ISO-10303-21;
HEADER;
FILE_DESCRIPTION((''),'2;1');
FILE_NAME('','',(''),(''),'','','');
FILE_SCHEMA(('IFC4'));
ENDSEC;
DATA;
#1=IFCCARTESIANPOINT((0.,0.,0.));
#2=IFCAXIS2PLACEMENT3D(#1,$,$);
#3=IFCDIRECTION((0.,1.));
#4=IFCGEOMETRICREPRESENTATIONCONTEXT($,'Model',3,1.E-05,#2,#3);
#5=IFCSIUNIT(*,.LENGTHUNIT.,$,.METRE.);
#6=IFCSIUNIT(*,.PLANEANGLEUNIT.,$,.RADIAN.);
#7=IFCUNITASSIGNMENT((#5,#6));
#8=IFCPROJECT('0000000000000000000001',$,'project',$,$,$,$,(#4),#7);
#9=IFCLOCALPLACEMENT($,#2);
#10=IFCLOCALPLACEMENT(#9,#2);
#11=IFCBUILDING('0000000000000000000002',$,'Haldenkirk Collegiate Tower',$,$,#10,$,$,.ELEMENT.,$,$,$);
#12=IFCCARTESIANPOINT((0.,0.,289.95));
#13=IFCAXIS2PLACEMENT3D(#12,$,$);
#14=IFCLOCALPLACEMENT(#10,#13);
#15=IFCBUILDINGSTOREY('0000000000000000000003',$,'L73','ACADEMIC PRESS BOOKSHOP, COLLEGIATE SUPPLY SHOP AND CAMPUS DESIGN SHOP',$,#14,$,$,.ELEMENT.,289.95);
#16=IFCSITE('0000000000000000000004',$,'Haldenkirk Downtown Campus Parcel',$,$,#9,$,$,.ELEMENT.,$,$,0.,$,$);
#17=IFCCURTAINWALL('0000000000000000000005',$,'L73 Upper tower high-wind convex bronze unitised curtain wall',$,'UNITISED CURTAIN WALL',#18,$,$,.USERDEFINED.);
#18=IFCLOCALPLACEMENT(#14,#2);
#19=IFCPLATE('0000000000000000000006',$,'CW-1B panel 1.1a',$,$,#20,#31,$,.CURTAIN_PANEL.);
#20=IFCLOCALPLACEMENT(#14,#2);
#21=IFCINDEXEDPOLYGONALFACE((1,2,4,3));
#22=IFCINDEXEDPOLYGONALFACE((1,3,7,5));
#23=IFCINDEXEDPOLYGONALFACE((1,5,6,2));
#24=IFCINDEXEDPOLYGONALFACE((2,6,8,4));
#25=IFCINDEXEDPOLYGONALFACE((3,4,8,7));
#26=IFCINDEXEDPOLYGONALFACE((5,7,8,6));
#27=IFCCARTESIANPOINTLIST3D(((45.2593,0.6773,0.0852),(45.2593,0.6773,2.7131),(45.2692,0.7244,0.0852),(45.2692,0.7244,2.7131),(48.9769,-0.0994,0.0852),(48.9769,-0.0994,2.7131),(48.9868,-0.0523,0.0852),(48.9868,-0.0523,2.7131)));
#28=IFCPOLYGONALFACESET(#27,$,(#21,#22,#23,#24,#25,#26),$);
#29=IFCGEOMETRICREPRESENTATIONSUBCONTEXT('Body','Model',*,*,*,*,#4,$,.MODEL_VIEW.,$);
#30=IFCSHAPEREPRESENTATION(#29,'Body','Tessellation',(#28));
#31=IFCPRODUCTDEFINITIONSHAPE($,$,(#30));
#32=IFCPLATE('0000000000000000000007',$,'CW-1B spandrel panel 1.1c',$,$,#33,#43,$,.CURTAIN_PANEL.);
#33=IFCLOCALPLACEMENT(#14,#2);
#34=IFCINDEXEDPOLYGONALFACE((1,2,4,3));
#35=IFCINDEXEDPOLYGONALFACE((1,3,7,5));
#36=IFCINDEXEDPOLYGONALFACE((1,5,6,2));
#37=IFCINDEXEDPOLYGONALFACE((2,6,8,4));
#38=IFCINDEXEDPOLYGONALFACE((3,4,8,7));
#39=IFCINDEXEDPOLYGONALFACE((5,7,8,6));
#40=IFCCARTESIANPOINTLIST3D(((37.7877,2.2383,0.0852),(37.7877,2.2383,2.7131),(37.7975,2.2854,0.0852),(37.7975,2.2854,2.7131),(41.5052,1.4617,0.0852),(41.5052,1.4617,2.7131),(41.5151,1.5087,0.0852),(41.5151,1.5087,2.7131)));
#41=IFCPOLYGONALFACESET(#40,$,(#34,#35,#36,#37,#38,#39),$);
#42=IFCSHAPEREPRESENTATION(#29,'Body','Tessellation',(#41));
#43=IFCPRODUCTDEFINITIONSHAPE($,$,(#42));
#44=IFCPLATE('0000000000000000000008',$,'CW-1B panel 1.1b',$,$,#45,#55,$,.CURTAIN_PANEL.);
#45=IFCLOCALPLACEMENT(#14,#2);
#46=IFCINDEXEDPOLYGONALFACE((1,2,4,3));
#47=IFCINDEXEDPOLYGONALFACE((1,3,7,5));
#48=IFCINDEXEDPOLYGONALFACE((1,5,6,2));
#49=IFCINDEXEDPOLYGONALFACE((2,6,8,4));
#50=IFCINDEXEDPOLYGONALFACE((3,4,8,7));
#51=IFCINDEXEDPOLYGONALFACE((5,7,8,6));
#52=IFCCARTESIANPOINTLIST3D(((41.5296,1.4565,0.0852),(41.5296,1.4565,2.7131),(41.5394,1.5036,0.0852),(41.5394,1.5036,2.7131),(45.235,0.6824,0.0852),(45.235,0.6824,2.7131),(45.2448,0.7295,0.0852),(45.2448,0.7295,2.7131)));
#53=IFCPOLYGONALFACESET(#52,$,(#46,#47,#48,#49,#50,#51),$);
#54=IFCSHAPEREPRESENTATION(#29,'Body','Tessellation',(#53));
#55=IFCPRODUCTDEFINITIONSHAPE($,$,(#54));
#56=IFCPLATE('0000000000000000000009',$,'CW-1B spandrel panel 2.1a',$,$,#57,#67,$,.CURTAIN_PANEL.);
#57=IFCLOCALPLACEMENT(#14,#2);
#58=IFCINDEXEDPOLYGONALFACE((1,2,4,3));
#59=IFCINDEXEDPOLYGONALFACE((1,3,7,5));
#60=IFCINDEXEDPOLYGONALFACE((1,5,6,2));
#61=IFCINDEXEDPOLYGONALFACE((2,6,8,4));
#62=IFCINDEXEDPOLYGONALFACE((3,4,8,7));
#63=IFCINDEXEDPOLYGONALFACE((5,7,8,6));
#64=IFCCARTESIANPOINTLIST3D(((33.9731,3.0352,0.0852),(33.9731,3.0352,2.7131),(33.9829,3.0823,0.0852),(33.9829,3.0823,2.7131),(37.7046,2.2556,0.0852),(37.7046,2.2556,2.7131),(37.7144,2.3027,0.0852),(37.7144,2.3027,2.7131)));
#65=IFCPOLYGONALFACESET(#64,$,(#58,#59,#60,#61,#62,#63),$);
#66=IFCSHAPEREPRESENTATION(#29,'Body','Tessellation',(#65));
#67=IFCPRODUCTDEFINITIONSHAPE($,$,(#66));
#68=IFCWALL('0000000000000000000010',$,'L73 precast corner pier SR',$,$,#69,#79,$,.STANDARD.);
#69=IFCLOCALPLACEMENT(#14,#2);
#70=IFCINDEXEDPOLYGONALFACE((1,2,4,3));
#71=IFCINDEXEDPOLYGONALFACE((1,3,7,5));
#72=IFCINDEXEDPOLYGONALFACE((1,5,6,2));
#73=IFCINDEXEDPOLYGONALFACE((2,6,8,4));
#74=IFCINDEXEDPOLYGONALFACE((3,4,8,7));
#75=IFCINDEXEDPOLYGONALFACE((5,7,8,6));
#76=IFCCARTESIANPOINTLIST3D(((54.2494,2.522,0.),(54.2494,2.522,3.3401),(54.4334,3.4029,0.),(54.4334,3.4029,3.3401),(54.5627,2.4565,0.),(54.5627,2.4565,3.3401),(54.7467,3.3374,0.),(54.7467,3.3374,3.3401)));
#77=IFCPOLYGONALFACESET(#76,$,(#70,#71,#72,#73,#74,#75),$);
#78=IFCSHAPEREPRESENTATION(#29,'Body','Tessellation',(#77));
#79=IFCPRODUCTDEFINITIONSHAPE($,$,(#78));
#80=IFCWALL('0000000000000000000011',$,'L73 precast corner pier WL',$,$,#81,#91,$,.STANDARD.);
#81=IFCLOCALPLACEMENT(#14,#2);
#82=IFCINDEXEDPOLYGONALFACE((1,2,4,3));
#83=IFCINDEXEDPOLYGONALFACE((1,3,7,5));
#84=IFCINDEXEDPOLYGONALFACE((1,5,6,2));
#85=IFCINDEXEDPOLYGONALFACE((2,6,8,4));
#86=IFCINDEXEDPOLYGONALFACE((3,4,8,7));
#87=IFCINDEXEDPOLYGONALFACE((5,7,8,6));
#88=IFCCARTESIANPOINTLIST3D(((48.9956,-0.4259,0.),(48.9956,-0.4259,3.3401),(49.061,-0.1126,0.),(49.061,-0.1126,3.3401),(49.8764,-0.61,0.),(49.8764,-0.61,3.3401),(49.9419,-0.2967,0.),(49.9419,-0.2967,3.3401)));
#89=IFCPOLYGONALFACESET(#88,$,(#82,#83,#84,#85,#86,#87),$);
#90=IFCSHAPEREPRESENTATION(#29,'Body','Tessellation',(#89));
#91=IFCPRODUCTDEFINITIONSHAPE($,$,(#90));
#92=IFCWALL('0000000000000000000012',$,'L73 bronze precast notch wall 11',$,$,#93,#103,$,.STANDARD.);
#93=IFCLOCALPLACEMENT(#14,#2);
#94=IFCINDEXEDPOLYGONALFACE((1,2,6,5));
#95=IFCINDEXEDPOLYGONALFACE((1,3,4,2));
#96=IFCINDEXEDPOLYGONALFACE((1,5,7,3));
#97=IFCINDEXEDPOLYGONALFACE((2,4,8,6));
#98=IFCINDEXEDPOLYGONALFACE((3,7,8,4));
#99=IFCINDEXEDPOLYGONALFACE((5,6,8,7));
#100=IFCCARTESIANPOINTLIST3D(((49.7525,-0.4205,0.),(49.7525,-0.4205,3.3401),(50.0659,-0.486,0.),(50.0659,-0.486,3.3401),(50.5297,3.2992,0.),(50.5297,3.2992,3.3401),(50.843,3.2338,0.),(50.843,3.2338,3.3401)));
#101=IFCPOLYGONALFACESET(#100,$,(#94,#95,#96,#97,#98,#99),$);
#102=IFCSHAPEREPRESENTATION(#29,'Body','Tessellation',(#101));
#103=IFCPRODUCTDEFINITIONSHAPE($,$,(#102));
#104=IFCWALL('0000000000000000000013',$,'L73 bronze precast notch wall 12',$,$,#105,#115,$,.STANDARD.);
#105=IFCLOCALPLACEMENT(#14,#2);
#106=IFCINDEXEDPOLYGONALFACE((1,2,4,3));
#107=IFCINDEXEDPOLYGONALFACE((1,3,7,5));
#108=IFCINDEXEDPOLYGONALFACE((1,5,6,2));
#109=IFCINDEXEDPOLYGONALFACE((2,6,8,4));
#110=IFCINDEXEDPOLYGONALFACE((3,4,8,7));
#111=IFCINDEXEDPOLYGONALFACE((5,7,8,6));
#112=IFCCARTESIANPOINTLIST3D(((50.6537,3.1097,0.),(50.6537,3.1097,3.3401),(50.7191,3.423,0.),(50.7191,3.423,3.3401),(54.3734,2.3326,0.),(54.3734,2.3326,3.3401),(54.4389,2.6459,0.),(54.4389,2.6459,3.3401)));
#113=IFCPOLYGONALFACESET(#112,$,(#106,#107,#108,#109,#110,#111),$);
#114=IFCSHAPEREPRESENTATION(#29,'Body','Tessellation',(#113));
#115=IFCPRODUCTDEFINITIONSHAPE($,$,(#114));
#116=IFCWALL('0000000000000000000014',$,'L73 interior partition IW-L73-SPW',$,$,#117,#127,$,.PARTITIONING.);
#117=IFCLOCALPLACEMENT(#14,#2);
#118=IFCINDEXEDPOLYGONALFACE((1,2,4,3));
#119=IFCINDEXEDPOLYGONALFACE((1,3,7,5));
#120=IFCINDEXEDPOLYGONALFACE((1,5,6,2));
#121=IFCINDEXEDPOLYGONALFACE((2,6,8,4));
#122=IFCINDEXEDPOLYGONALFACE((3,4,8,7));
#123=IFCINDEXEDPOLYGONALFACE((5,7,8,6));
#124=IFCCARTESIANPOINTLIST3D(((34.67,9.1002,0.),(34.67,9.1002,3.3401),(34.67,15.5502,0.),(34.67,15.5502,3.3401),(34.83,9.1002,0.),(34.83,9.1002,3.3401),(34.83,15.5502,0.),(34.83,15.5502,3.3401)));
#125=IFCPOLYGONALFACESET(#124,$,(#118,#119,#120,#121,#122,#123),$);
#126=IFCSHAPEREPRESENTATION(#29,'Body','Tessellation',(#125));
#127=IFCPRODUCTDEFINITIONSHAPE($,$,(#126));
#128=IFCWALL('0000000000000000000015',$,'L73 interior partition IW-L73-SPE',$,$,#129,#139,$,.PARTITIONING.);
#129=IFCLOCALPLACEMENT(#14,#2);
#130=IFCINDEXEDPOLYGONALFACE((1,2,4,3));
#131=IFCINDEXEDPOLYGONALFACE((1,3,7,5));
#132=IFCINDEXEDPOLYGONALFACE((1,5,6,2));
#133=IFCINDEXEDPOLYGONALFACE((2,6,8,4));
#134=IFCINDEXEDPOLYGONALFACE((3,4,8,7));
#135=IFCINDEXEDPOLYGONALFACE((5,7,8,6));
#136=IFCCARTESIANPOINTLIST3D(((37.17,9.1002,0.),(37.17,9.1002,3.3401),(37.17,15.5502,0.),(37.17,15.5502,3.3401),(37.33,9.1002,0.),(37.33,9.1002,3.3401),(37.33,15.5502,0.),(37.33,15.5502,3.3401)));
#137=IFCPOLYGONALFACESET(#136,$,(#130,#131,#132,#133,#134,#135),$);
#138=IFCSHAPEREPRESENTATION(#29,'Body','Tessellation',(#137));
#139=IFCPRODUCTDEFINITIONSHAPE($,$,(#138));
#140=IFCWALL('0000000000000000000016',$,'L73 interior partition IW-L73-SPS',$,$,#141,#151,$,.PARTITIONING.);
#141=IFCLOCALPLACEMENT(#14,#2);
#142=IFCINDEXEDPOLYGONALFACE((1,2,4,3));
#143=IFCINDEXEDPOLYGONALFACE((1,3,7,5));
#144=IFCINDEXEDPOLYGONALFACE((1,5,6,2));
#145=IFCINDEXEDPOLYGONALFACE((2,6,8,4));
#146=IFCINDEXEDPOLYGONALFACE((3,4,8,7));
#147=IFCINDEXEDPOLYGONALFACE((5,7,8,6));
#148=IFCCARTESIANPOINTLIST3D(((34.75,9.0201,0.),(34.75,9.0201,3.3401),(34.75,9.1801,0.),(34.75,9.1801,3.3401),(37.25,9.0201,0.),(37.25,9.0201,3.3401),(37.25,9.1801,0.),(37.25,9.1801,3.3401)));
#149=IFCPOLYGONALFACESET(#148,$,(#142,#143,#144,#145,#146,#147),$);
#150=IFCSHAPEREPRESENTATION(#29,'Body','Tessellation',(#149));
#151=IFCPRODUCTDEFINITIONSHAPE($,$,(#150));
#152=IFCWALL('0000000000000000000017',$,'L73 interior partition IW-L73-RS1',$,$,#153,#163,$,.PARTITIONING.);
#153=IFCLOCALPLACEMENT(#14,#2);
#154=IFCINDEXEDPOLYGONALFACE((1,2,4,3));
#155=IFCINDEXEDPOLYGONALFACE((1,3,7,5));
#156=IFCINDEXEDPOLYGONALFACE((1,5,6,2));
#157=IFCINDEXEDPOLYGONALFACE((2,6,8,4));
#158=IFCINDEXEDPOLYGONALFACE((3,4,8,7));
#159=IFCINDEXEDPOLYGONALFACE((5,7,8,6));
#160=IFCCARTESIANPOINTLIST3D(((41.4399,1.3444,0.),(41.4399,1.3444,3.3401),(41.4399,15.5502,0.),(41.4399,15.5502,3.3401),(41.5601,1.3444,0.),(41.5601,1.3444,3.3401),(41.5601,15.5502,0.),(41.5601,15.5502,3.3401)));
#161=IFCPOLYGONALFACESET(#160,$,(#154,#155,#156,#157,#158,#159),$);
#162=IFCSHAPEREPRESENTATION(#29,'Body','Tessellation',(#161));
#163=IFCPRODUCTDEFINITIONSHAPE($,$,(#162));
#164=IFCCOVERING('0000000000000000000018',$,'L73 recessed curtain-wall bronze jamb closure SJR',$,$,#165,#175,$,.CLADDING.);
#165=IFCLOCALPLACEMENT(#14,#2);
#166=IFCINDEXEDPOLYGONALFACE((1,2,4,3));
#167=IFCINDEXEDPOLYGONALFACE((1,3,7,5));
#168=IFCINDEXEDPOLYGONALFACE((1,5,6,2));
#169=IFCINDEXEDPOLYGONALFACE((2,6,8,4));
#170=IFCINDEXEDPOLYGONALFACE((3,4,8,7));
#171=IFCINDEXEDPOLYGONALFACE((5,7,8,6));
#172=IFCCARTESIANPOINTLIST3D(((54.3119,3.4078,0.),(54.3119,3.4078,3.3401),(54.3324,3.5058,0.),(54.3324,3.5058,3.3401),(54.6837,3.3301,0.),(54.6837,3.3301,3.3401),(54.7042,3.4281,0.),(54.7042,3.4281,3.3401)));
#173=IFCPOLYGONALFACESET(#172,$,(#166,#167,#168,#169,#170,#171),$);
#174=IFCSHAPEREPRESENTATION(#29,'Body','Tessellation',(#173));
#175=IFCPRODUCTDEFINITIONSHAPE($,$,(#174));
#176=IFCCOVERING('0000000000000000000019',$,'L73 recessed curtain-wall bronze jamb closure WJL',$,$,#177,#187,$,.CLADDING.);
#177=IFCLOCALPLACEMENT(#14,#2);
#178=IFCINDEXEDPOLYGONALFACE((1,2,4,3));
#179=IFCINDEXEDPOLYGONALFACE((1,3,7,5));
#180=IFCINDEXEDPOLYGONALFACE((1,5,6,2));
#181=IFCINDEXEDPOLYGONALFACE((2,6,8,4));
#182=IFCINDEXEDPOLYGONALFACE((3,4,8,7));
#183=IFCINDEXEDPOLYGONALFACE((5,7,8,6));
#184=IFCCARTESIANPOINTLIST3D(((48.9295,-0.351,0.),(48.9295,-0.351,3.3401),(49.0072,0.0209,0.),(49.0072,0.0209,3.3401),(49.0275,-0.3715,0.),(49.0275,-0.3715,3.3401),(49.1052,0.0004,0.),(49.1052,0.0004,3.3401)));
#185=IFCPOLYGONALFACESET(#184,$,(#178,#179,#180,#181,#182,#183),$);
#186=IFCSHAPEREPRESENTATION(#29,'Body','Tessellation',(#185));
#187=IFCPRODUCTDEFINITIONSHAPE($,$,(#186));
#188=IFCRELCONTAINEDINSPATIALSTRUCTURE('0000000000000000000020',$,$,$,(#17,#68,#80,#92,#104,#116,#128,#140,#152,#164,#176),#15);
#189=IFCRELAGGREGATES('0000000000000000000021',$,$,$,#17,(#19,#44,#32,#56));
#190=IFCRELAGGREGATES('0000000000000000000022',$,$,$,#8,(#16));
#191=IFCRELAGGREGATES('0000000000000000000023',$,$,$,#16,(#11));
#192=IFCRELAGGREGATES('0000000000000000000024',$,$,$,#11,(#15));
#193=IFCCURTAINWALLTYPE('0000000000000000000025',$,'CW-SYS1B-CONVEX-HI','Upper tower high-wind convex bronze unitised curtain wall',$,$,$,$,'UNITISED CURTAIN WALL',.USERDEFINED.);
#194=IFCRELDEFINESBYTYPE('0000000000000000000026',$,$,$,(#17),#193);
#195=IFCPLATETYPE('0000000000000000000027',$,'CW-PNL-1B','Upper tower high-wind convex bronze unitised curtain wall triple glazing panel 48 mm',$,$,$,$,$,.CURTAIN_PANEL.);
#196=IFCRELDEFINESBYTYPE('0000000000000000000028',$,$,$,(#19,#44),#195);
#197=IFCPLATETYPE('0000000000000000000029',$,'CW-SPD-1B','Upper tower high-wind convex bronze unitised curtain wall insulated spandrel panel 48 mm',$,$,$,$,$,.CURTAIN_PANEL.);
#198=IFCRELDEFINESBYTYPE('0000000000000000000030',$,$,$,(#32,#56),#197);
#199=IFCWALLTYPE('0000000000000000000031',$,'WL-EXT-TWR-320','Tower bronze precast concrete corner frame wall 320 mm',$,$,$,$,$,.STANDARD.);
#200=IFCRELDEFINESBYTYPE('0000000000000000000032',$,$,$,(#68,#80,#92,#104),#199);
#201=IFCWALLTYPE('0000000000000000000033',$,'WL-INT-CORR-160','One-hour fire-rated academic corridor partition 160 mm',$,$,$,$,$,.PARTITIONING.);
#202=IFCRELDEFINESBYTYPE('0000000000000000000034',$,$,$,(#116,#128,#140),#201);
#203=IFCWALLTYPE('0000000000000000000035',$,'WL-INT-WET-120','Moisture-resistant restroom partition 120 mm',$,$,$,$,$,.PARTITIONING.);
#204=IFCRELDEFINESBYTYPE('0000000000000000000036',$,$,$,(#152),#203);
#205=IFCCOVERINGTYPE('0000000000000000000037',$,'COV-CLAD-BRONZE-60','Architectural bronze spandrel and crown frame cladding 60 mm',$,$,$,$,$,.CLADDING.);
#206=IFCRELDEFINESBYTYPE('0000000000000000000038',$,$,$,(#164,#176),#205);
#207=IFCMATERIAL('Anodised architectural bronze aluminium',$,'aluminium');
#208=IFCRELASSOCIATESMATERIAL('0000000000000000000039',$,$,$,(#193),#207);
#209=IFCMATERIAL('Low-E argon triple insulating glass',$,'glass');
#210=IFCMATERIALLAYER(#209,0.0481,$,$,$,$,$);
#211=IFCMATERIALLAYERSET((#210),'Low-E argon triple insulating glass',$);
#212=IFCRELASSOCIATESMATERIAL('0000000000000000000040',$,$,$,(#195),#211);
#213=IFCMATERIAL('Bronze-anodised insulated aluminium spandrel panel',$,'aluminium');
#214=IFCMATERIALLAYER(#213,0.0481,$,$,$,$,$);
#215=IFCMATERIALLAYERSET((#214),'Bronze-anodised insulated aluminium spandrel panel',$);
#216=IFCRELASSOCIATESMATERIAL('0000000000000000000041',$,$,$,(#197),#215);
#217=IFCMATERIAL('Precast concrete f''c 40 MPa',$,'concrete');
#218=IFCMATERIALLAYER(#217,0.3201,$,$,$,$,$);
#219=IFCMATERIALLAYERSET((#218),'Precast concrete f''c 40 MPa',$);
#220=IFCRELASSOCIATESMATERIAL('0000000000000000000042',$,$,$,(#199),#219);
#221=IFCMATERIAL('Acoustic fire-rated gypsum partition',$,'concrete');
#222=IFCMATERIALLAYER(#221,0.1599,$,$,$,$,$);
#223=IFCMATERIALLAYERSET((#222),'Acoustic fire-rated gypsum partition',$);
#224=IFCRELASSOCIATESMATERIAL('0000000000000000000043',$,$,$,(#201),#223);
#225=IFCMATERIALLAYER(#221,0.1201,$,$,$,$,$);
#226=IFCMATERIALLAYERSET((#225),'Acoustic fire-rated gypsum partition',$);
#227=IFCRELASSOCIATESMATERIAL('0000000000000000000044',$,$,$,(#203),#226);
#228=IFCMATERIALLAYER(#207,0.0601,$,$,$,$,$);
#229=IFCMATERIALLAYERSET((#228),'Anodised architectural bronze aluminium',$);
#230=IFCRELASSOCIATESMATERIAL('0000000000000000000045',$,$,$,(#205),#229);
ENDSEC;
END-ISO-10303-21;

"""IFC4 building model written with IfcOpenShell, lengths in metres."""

from ifc_helpers import new_model, si_unit, direction, frame, frame_2d, origin, origin_2d, place, context, subcontext, project, spatial, rectangle, extrude, source, transform, mapped, material, layer, layer_set, type_object, element, aggregate, save


model = new_model("IFC4")

# Units and contexts
model_context = context("Model", 3, precision=1e-05, world=origin(), true_north=direction((0.0, 1.0)))
body_context = subcontext(model_context, "Body", "Model", "MODEL_VIEW")
ifc_project = project(units=[si_unit("LENGTHUNIT", "METRE"), si_unit("PLANEANGLEUNIT", "RADIAN")], contexts=[model_context])

# Site, building, storey
site_placement = place(None, origin())
site = spatial("IfcSite", under=ifc_project, at=site_placement, Name="Haldenkirk Downtown Campus Parcel", CompositionType="ELEMENT", RefElevation=0.0)
building_placement = place(site_placement, origin())
building = spatial("IfcBuilding", under=site, at=building_placement, Name="Haldenkirk Collegiate Tower", CompositionType="ELEMENT")
storey_placement = place(building_placement, frame((0.0, 0.0, 289.95)))
storey = spatial("IfcBuildingStorey", under=building, at=storey_placement, Name="L73", Description="ACADEMIC PRESS BOOKSHOP, COLLEGIATE SUPPLY SHOP AND CAMPUS DESIGN SHOP", CompositionType="ELEMENT", Elevation=289.95)

# Shared definitions
ifc_material_1 = material(Name="Anodised architectural bronze aluminium", Category="aluminium")

# Curtain wall
curtain_wall_type_1 = type_object("IfcCurtainWallType", Name="CW-SYS1B-CONVEX-HI", Description="Upper tower high-wind convex bronze unitised curtain wall", ElementType="UNITISED CURTAIN WALL", PredefinedType="USERDEFINED", material=ifc_material_1)
curtain_wall_1_placement = place(storey_placement, origin())
curtain_wall_1 = element("IfcCurtainWall", 1, at=curtain_wall_1_placement, inside=storey, type_object=curtain_wall_type_1, Name="L73 Upper tower high-wind convex bronze unitised curtain wall", ObjectType="UNITISED CURTAIN WALL", PredefinedType="USERDEFINED")

# Plates
ifc_material_2 = material(Name="Low-E argon triple insulating glass", Category="glass")
ifc_layer_1 = layer(ifc_material_2, 0.0481)
ifc_layer_set_1 = layer_set([ifc_layer_1], Name="Low-E argon triple insulating glass")
plate_type_1 = type_object("IfcPlateType", Name="CW-PNL-1B", Description="Upper tower high-wind convex bronze unitised curtain wall triple glazing panel 48 mm", PredefinedType="CURTAIN_PANEL", material=ifc_layer_set_1)
shared_shape_1 = source(origin(), body_context, "Body", "SweptSolid", [
    extrude(rectangle(XDim=3.7979, YDim=0.0481, at=origin_2d()), origin(), (0.0, 0.0, 1.0), 2.6279),
])
plate_1_placement = place(storey_placement, frame((47.123, 0.3125, 0.0852), z_axis=(0.0, 0.0, 1.0), x_axis=(-0.978867, 0.204499, 0.0)))
plate_1 = element("IfcPlate", 2, at=plate_1_placement, type_object=plate_type_1, Name="CW-1B panel 1.1a", PredefinedType="CURTAIN_PANEL", context=body_context, shape_type="MappedRepresentation", body=[
    mapped(shared_shape_1, transform((0.0, 0.0, 0.0), x_axis=(1.0, 0.0, 0.0), y_axis=(0.0, 1.0, 0.0), z_axis=(0.0, 0.0, 1.0), scale=1.0)),
])
ifc_material_3 = material(Name="Bronze-anodised insulated aluminium spandrel panel", Category="aluminium")
ifc_layer_2 = layer(ifc_material_3, 0.0481)
ifc_layer_set_2 = layer_set([ifc_layer_2], Name="Bronze-anodised insulated aluminium spandrel panel")
plate_type_2 = type_object("IfcPlateType", Name="CW-SPD-1B", Description="Upper tower high-wind convex bronze unitised curtain wall insulated spandrel panel 48 mm", PredefinedType="CURTAIN_PANEL", material=ifc_layer_set_2)
plate_2_placement = place(storey_placement, frame((39.6514, 1.8735, 0.0852), z_axis=(0.0, 0.0, 1.0), x_axis=(-0.978867, 0.204499, 0.0)))
plate_2 = element("IfcPlate", 3, at=plate_2_placement, type_object=plate_type_2, Name="CW-1B spandrel panel 1.1c", PredefinedType="CURTAIN_PANEL", context=body_context, shape_type="MappedRepresentation", body=[
    mapped(shared_shape_1, transform((0.0, 0.0, 0.0), x_axis=(1.0, 0.0, 0.0), y_axis=(0.0, 1.0, 0.0), z_axis=(0.0, 0.0, 1.0), scale=1.0)),
])
shared_shape_2 = source(origin(), body_context, "Body", "SweptSolid", [
    extrude(rectangle(XDim=3.7854, YDim=0.0481, at=origin_2d()), origin(), (0.0, 0.0, 1.0), 2.6279),
])
plate_3_placement = place(storey_placement, frame((43.3872, 1.093, 0.0852), z_axis=(0.0, 0.0, 1.0), x_axis=(-0.978867, 0.204499, 0.0)))
plate_3 = element("IfcPlate", 4, at=plate_3_placement, type_object=plate_type_1, Name="CW-1B panel 1.1b", PredefinedType="CURTAIN_PANEL", context=body_context, shape_type="MappedRepresentation", body=[
    mapped(shared_shape_2, transform((0.0, 0.0, 0.0), x_axis=(1.0, 0.0, 0.0), y_axis=(0.0, 1.0, 0.0), z_axis=(0.0, 0.0, 1.0), scale=1.0)),
])
shared_shape_3 = source(origin(), body_context, "Body", "SweptSolid", [
    extrude(rectangle(XDim=3.812, YDim=0.0481, at=origin_2d()), origin(), (0.0, 0.0, 1.0), 2.6279),
])
plate_4_placement = place(storey_placement, frame((35.8438, 2.6689, 0.0852), z_axis=(0.0, 0.0, 1.0), x_axis=(-0.978867, 0.204499, 0.0)))
plate_4 = element("IfcPlate", 5, at=plate_4_placement, type_object=plate_type_2, Name="CW-1B spandrel panel 2.1a", PredefinedType="CURTAIN_PANEL", context=body_context, shape_type="MappedRepresentation", body=[
    mapped(shared_shape_3, transform((0.0, 0.0, 0.0), x_axis=(1.0, 0.0, 0.0), y_axis=(0.0, 1.0, 0.0), z_axis=(0.0, 0.0, 1.0), scale=1.0)),
])
aggregate(curtain_wall_1, [plate_1, plate_3, plate_2, plate_4])

# Walls
ifc_material_4 = material(Name="Precast concrete f'c 40 MPa", Category="concrete")
ifc_layer_3 = layer(ifc_material_4, 0.3201)
ifc_layer_set_3 = layer_set([ifc_layer_3], Name="Precast concrete f'c 40 MPa")
wall_type_1 = type_object("IfcWallType", Name="WL-EXT-TWR-320", Description="Tower bronze precast concrete corner frame wall 320 mm", PredefinedType="STANDARD", material=ifc_layer_set_3)
for number, where, z_axis, x_axis, name in (
    (6, (54.5901, 3.3701, 0.0), (0.0, 0.0, 1.0), (-0.204561, -0.978854, 0.0), "L73 precast corner pier SR"),
    (7, (49.9092, -0.4534, 0.0), (0.0, 0.0, 1.0), (-0.978854, 0.204561, 0.0), "L73 precast corner pier WL"),
):
    element("IfcWall", number, at=place(storey_placement, frame(where, z_axis=z_axis, x_axis=x_axis)), inside=storey, type_object=wall_type_1, Name=name, PredefinedType="STANDARD", context=body_context, shape_type="SweptSolid", body=[
        extrude(rectangle(XDim=0.8999, YDim=0.3201, at=frame_2d((0.45, 0.0))), origin(), (0.0, 0.0, 1.0), 3.3401),
    ])
for number, where, z_axis, x_axis, name in (
    (8, (50.6863, 3.2664, 0.0), (0.0, 0.0, 1.0), (-0.204498, -0.978867, 0.0), "L73 bronze precast notch wall 11"),
    (9, (54.406, 2.4893, 0.0), (0.0, 0.0, 1.0), (-0.978867, 0.204498, 0.0), "L73 bronze precast notch wall 12"),
):
    element("IfcWall", number, at=place(storey_placement, frame(where, z_axis=z_axis, x_axis=x_axis)), inside=storey, type_object=wall_type_1, Name=name, PredefinedType="STANDARD", context=body_context, shape_type="SweptSolid", body=[
        extrude(rectangle(XDim=3.8, YDim=0.3201, at=frame_2d((1.8999, 0.0))), origin(), (0.0, 0.0, 1.0), 3.3401),
    ])
ifc_material_5 = material(Name="Acoustic fire-rated gypsum partition", Category="concrete")
ifc_layer_4 = layer(ifc_material_5, 0.1599)
ifc_layer_set_4 = layer_set([ifc_layer_4], Name="Acoustic fire-rated gypsum partition")
wall_type_2 = type_object("IfcWallType", Name="WL-INT-CORR-160", Description="One-hour fire-rated academic corridor partition 160 mm", PredefinedType="PARTITIONING", material=ifc_layer_set_4)
for number, where, z_axis, x_axis, name in (
    (10, (34.75, 9.1001, 0.0), (0.0, 0.0, 1.0), (0.0, 1.0, 0.0), "L73 interior partition IW-L73-SPW"),
    (11, (37.25, 9.1001, 0.0), (0.0, 0.0, 1.0), (0.0, 1.0, 0.0), "L73 interior partition IW-L73-SPE"),
):
    element("IfcWall", number, at=place(storey_placement, frame(where, z_axis=z_axis, x_axis=x_axis)), inside=storey, type_object=wall_type_2, Name=name, PredefinedType="PARTITIONING", context=body_context, shape_type="SweptSolid", body=[
        extrude(rectangle(XDim=6.45, YDim=0.1599, at=frame_2d((3.2251, 0.0))), origin(), (0.0, 0.0, 1.0), 3.3401),
    ])
wall_1_placement = place(storey_placement, frame((34.75, 9.1001, 0.0), z_axis=(0.0, 0.0, 1.0), x_axis=(1.0, 0.0, 0.0)))
element("IfcWall", 12, at=wall_1_placement, inside=storey, type_object=wall_type_2, Name="L73 interior partition IW-L73-SPS", PredefinedType="PARTITIONING", context=body_context, shape_type="SweptSolid", body=[
    extrude(rectangle(XDim=2.5, YDim=0.1599, at=frame_2d((1.25, 0.0))), origin(), (0.0, 0.0, 1.0), 3.3401),
])
ifc_layer_5 = layer(ifc_material_5, 0.1201)
ifc_layer_set_5 = layer_set([ifc_layer_5], Name="Acoustic fire-rated gypsum partition")
wall_type_3 = type_object("IfcWallType", Name="WL-INT-WET-120", Description="Moisture-resistant restroom partition 120 mm", PredefinedType="PARTITIONING", material=ifc_layer_set_5)
wall_2_placement = place(storey_placement, frame((41.5, 1.3442, 0.0), z_axis=(0.0, 0.0, 1.0), x_axis=(0.0, 1.0, 0.0)))
element("IfcWall", 13, at=wall_2_placement, inside=storey, type_object=wall_type_3, Name="L73 interior partition IW-L73-RS1", PredefinedType="PARTITIONING", context=body_context, shape_type="SweptSolid", body=[
    extrude(rectangle(XDim=14.2058, YDim=0.1201, at=frame_2d((7.103, 0.0))), origin(), (0.0, 0.0, 1.0), 3.3401),
])

# Coverings
ifc_layer_6 = layer(ifc_material_1, 0.0601)
ifc_layer_set_6 = layer_set([ifc_layer_6], Name="Anodised architectural bronze aluminium")
covering_type = type_object("IfcCoveringType", Name="COV-CLAD-BRONZE-60", Description="Architectural bronze spandrel and crown frame cladding 60 mm", PredefinedType="CLADDING", material=ifc_layer_set_6)
shared_shape_4 = source(origin(), body_context, "Body", "SweptSolid", [
    extrude(rectangle(XDim=0.1001, YDim=0.3799, at=origin_2d()), origin(), (0.0, 0.0, 1.0), 3.3401),
])
for number, where, z_axis, x_axis, name in (
    (14, (54.5081, 3.418, 0.0), (0.0, 0.0, 1.0), (-0.204496, -0.978867, 0.0), "L73 recessed curtain-wall bronze jamb closure SJR"),
    (15, (49.0173, -0.1753, 0.0), (0.0, 0.0, 1.0), (-0.978867, 0.204496, 0.0), "L73 recessed curtain-wall bronze jamb closure WJL"),
):
    element("IfcCovering", number, at=place(storey_placement, frame(where, z_axis=z_axis, x_axis=x_axis)), inside=storey, type_object=covering_type, Name=name, PredefinedType="CLADDING", context=body_context, shape_type="MappedRepresentation", body=[
        mapped(shared_shape_4, transform((0.0, 0.0, 0.0), x_axis=(1.0, 0.0, 0.0), y_axis=(0.0, 1.0, 0.0), z_axis=(0.0, 0.0, 1.0), scale=1.0)),
    ])

save(model, "model.ifc")
